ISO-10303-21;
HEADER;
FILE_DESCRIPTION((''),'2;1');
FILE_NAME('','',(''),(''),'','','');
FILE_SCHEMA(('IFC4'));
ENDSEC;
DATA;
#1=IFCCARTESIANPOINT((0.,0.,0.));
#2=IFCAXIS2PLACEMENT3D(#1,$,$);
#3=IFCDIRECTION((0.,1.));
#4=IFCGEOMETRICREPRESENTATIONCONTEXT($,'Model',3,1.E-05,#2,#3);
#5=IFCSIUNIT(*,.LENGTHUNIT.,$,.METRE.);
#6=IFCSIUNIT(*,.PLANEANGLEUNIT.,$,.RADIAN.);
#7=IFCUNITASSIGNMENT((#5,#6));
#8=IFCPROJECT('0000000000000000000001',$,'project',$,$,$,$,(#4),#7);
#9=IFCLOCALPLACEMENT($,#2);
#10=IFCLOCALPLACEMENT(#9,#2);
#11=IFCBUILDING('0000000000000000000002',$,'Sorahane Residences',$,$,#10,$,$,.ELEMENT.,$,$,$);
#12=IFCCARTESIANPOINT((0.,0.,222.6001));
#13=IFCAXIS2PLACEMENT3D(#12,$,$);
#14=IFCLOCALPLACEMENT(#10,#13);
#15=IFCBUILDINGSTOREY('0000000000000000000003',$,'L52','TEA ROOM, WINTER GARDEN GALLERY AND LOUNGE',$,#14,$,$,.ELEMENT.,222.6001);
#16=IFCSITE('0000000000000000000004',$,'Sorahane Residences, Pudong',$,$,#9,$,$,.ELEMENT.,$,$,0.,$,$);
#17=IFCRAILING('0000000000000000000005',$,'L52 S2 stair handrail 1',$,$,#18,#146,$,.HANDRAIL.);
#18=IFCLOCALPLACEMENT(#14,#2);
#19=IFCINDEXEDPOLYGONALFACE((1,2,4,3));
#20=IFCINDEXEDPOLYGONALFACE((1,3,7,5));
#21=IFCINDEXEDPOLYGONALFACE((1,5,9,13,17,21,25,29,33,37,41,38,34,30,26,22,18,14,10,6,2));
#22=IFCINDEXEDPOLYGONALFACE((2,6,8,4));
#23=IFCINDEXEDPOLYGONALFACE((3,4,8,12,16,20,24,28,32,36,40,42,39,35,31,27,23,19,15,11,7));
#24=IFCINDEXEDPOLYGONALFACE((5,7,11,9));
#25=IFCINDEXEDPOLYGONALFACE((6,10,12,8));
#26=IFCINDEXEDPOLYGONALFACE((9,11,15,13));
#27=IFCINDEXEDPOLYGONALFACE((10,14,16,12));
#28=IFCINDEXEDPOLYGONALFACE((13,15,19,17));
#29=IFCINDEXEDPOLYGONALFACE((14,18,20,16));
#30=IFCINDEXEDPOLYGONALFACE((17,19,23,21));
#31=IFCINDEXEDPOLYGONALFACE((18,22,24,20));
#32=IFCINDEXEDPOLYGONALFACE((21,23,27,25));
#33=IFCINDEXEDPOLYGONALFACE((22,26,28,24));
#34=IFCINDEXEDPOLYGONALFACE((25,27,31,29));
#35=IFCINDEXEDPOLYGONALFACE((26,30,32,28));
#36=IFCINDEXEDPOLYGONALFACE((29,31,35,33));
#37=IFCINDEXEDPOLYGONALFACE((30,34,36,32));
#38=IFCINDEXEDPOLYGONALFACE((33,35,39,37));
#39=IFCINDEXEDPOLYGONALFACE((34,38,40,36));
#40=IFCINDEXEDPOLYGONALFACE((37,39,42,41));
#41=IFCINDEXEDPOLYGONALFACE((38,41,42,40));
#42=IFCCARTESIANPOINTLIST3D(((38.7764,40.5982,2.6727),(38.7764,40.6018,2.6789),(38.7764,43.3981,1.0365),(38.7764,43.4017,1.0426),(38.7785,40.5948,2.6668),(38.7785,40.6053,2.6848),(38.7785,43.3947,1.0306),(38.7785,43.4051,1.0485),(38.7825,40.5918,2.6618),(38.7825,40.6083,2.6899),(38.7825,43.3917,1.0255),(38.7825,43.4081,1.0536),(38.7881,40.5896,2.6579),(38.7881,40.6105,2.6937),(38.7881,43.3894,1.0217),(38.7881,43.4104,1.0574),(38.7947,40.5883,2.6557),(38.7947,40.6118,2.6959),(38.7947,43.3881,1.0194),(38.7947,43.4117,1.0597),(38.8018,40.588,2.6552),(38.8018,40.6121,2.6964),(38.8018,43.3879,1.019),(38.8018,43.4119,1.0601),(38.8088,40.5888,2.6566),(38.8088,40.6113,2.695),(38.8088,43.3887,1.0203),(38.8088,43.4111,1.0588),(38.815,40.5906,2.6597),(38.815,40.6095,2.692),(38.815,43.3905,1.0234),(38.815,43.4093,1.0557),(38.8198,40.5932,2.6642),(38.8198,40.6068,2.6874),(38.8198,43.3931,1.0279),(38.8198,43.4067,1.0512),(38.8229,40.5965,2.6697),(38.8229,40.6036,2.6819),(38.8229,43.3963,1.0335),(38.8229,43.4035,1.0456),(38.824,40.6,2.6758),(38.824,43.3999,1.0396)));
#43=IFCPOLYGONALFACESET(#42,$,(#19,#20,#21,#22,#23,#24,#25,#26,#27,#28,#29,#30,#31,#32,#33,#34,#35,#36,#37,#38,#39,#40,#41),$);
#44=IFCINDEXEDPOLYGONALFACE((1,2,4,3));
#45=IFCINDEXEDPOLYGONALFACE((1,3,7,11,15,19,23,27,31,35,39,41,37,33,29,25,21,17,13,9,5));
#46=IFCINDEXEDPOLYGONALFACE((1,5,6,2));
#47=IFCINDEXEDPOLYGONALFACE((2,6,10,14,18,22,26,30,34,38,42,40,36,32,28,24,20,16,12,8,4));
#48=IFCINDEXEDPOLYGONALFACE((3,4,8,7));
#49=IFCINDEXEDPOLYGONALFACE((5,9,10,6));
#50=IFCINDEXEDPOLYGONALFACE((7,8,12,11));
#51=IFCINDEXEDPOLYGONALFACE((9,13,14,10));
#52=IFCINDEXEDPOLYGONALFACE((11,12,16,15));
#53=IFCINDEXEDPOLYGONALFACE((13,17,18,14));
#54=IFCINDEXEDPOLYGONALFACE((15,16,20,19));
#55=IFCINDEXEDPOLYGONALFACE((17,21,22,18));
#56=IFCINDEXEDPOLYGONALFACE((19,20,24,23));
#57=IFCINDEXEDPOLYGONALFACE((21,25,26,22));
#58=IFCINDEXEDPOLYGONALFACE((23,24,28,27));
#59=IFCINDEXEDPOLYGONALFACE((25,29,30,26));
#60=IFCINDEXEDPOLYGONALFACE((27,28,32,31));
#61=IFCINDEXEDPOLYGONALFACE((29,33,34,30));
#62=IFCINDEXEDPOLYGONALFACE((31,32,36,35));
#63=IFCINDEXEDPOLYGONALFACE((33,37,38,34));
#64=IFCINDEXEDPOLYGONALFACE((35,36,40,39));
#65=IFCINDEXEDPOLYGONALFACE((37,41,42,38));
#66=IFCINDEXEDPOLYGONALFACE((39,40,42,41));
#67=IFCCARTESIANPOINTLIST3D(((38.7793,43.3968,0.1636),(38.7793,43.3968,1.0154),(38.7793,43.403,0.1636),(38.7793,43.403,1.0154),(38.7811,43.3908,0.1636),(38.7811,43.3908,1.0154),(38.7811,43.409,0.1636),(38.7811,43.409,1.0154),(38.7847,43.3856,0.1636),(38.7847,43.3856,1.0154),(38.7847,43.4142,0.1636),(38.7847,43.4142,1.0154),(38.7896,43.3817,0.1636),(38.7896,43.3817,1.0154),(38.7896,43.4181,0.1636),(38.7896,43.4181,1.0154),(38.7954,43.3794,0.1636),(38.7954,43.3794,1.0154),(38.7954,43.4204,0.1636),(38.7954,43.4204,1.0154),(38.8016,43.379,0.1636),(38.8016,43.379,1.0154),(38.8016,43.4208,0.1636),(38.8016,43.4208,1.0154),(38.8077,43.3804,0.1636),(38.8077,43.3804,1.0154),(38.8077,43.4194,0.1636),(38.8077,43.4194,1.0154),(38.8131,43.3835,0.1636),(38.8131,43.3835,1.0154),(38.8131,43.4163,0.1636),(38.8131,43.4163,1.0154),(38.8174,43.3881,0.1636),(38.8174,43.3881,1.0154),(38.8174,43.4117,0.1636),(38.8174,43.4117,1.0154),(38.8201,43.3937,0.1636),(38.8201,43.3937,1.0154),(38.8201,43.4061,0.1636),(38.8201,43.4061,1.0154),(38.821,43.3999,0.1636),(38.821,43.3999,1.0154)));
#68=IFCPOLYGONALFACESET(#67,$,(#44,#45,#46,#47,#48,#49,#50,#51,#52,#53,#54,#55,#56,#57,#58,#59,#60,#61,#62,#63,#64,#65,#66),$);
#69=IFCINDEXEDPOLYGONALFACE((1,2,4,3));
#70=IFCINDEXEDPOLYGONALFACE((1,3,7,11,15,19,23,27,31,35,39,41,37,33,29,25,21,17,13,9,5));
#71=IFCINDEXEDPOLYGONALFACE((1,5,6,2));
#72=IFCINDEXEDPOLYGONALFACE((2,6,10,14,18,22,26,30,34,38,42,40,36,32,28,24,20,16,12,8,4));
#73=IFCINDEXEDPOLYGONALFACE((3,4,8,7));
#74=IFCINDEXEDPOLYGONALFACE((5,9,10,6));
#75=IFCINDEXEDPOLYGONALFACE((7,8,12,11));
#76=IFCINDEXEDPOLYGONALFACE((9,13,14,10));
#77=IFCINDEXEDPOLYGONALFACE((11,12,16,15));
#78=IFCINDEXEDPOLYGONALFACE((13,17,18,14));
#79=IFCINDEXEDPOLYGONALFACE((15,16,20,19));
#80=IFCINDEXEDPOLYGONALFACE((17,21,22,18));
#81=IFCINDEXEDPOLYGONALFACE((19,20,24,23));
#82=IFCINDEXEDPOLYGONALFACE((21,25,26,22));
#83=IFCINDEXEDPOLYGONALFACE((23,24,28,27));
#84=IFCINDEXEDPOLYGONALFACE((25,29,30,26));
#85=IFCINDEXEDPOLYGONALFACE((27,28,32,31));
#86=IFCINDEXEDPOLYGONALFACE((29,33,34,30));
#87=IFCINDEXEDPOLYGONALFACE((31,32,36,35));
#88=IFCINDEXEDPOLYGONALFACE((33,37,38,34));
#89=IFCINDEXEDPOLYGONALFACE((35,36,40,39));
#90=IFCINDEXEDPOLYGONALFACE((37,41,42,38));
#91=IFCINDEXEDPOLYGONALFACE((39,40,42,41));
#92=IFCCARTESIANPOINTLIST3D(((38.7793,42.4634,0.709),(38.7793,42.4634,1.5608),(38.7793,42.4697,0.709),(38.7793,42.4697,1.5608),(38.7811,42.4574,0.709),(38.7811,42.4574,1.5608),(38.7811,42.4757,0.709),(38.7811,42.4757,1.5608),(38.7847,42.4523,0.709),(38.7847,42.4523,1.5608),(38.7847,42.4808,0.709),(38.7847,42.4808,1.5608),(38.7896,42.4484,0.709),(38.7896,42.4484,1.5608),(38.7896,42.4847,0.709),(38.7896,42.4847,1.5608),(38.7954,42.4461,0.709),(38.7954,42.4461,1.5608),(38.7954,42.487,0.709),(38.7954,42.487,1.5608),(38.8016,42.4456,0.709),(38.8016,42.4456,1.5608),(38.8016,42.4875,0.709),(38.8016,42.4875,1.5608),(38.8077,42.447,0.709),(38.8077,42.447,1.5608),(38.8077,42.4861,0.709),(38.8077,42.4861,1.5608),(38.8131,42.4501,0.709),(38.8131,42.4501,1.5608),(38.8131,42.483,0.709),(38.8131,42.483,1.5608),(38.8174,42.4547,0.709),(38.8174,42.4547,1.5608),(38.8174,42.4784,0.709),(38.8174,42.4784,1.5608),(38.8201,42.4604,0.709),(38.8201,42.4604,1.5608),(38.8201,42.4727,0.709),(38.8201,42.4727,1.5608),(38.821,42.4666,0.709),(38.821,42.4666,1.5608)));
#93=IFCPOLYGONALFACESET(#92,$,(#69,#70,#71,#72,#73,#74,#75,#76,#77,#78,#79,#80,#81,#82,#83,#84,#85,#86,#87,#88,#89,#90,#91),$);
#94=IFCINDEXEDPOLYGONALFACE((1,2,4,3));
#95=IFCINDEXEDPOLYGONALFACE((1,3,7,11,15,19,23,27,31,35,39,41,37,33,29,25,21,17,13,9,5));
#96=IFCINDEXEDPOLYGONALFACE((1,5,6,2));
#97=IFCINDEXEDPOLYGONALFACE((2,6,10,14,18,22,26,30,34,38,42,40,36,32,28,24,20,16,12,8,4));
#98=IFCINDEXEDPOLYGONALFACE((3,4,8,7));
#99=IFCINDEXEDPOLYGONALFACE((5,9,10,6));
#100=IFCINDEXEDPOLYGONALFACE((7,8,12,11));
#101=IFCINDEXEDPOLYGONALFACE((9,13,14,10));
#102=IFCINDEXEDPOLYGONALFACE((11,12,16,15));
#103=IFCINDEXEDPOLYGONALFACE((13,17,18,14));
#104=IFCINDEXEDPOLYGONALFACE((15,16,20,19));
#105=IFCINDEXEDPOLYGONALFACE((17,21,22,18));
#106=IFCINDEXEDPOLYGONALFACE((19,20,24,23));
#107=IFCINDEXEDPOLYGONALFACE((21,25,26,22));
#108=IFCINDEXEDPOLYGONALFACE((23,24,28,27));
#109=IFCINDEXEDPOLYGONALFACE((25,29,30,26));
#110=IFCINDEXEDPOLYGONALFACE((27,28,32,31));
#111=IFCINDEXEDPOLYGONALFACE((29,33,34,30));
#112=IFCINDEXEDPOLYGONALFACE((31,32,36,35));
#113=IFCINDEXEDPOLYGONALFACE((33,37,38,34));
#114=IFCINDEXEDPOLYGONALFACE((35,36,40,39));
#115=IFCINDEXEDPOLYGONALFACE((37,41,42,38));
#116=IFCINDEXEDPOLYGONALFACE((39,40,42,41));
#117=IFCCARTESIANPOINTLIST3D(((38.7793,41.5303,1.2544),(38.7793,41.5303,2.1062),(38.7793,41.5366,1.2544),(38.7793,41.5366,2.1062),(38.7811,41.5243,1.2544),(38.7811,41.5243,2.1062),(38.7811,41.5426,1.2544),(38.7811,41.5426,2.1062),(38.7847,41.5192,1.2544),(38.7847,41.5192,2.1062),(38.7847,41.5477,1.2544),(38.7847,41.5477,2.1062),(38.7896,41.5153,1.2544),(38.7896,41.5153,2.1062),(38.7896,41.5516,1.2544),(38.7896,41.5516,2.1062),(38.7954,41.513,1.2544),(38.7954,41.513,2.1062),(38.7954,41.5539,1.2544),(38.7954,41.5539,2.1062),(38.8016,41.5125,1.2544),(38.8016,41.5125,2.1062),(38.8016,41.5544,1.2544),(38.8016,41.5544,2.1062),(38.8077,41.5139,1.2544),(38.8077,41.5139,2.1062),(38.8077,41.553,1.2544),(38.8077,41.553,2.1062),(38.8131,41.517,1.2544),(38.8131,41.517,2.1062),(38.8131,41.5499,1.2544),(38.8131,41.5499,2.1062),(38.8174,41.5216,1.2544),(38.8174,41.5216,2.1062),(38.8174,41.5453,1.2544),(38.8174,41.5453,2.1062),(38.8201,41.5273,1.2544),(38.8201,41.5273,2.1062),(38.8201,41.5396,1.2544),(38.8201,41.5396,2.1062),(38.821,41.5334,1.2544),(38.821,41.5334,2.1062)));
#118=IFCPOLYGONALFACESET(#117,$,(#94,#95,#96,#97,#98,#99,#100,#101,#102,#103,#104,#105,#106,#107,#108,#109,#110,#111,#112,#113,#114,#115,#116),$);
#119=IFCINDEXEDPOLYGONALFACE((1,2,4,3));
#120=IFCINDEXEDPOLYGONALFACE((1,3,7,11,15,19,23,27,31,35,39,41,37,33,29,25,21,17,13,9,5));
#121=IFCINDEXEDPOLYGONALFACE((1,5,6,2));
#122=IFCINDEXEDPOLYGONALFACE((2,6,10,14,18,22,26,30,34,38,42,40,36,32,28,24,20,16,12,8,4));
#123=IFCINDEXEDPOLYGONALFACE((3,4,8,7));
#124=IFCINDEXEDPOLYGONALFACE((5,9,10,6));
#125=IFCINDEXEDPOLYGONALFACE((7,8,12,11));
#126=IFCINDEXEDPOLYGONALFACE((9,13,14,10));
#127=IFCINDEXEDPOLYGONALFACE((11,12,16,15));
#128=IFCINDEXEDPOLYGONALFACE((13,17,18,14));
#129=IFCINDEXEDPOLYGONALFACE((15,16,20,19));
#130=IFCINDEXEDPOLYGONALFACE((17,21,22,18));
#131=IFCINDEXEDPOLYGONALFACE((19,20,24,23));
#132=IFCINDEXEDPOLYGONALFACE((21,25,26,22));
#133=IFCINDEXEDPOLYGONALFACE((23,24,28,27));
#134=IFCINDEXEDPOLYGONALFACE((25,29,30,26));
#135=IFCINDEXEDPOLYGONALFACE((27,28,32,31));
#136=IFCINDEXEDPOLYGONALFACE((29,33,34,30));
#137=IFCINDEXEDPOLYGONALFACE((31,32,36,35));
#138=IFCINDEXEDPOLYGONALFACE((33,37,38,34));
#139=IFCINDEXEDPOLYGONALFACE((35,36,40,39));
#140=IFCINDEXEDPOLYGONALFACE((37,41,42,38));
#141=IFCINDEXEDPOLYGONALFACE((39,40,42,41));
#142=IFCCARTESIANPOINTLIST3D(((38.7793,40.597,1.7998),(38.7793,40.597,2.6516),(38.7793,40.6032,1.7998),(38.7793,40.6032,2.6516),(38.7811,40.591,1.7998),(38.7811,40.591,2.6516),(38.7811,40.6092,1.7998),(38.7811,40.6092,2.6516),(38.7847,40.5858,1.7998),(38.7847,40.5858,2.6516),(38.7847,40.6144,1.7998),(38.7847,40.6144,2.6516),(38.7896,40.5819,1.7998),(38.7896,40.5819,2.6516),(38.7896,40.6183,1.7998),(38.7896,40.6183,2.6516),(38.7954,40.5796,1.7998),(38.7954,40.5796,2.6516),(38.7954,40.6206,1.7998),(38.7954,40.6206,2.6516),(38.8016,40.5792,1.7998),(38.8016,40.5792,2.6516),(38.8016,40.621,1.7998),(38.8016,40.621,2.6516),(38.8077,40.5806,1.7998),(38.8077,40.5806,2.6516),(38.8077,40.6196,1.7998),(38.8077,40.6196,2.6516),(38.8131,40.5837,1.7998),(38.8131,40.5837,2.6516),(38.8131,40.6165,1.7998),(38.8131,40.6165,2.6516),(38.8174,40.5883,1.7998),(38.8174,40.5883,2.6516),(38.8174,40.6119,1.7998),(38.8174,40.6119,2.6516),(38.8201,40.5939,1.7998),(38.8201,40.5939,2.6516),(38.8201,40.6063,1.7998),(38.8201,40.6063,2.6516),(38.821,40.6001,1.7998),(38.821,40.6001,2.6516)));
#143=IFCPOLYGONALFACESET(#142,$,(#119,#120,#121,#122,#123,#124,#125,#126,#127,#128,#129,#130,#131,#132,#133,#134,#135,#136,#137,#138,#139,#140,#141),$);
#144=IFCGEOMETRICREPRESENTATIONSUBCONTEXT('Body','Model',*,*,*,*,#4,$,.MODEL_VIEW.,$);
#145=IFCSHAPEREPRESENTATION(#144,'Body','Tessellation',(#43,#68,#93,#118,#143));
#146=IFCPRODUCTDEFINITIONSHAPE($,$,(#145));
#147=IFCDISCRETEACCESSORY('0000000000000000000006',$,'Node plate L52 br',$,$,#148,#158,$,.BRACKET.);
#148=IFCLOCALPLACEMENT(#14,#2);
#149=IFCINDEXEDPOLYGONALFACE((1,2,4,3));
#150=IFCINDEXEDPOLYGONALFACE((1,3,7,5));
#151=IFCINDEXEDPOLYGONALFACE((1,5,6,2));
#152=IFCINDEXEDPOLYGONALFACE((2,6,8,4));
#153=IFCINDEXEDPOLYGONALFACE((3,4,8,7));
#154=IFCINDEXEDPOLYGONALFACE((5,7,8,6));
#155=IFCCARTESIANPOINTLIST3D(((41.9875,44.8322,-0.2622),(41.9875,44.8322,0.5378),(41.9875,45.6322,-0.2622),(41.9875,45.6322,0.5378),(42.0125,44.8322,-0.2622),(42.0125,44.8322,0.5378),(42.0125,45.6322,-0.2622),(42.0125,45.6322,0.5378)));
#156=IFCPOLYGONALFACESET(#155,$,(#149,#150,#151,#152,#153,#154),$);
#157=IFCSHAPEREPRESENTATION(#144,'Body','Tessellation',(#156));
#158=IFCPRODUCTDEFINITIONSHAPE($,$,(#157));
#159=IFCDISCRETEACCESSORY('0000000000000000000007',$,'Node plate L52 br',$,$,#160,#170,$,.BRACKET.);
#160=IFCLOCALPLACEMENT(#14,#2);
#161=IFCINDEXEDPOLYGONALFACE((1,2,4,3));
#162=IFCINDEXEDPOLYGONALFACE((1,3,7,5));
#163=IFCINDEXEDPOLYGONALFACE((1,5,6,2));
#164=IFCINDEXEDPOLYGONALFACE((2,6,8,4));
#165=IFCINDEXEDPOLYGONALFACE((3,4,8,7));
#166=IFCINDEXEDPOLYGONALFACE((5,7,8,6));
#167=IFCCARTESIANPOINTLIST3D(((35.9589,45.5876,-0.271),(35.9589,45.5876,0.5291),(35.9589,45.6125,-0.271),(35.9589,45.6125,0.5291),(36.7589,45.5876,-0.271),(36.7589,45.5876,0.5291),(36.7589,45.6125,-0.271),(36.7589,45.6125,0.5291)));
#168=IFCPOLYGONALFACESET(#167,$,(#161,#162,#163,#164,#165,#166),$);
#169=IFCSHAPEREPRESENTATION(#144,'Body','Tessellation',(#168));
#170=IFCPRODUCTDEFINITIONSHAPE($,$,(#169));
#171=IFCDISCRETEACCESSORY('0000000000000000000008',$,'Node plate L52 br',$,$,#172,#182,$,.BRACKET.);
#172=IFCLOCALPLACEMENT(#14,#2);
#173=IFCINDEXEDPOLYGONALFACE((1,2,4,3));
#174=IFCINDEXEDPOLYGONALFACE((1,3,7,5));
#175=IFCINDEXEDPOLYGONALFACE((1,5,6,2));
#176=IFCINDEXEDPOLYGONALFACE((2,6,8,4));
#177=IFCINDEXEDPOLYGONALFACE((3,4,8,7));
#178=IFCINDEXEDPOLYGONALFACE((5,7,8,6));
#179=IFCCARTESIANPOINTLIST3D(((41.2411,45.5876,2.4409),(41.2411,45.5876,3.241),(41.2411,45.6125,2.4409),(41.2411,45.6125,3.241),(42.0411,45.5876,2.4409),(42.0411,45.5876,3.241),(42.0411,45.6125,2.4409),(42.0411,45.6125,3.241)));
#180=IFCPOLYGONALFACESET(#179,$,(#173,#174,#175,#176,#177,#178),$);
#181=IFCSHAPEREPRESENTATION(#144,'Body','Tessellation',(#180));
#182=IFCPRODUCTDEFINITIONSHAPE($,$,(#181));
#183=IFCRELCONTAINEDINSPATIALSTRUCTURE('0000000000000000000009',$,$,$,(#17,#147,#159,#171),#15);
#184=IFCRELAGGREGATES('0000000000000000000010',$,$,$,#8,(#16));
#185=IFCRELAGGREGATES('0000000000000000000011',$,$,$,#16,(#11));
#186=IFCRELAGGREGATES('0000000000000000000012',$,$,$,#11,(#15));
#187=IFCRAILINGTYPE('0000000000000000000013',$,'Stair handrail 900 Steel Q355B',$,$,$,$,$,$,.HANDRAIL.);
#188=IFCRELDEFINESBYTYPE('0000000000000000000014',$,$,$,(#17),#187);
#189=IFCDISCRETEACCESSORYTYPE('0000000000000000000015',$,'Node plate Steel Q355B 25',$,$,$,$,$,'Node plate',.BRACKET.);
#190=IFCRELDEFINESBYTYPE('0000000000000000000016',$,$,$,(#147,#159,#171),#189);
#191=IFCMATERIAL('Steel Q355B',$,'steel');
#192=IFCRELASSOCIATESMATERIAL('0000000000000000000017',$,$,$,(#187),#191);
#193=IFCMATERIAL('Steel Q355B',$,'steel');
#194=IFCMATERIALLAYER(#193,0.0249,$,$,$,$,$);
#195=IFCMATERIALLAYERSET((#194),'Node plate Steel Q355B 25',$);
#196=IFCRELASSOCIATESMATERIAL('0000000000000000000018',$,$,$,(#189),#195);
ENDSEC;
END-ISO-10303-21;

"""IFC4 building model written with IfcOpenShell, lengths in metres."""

from ifc_helpers import new_model, si_unit, direction, frame, origin, origin_2d, place, context, subcontext, project, spatial, rectangle, circle, extrude, material, layer, layer_set, type_object, element, save


model = new_model("IFC4")

# Units and contexts
model_context = context("Model", 3, precision=1e-05, world=origin(), true_north=direction((0.0, 1.0)))
body_context = subcontext(model_context, "Body", "Model", "MODEL_VIEW")
ifc_project = project(units=[si_unit("LENGTHUNIT", "METRE"), si_unit("PLANEANGLEUNIT", "RADIAN")], contexts=[model_context])

# Site, building, storey
site_placement = place(None, origin())
site = spatial("IfcSite", under=ifc_project, at=site_placement, Name="Sorahane Residences, Pudong", CompositionType="ELEMENT", RefElevation=0.0)
building_placement = place(site_placement, origin())
building = spatial("IfcBuilding", under=site, at=building_placement, Name="Sorahane Residences", CompositionType="ELEMENT")
storey_placement = place(building_placement, frame((0.0, 0.0, 222.6001)))
storey = spatial("IfcBuildingStorey", under=building, at=storey_placement, Name="L52", Description="TEA ROOM, WINTER GARDEN GALLERY AND LOUNGE", CompositionType="ELEMENT", Elevation=222.6001)

# Railing
ifc_material_1 = material(Name="Steel Q355B", Category="steel")
railing_type_1 = type_object("IfcRailingType", Name="Stair handrail 900 Steel Q355B", PredefinedType="HANDRAIL", material=ifc_material_1)
railing_1_placement = place(storey_placement, frame((38.8, 43.3999, 0.1636)))
element("IfcRailing", 1, at=railing_1_placement, inside=storey, type_object=railing_type_1, Name="L52 S2 stair handrail 1", PredefinedType="HANDRAIL", context=body_context, shape_type="SweptSolid", body=[
    extrude(circle(Radius=0.0239, at=origin_2d()), frame((0.0, 0.0, 0.876), z_axis=(0.0, -0.863374, 0.504564), x_axis=(1.0, 0.0, 0.0)), (0.0, 0.0, 1.0), 3.2429),
    extrude(circle(Radius=0.021, at=origin_2d()), origin(), (0.0, 0.0, 1.0), 0.8518),
    extrude(circle(Radius=0.021, at=origin_2d()), frame((0.0, -0.9333, 0.5454)), (0.0, 0.0, 1.0), 0.8518),
    extrude(circle(Radius=0.021, at=origin_2d()), frame((0.0, -1.8665, 1.0908)), (0.0, 0.0, 1.0), 0.8518),
    extrude(circle(Radius=0.021, at=origin_2d()), frame((0.0, -2.7998, 1.6362)), (0.0, 0.0, 1.0), 0.8518),
])

# Discrete accessories
ifc_material_2 = material(Name="Steel Q355B", Category="steel")
ifc_layer_1 = layer(ifc_material_2, 0.0249)
ifc_layer_set_1 = layer_set([ifc_layer_1], Name="Node plate Steel Q355B 25")
discrete_accessory_type = type_object("IfcDiscreteAccessoryType", Name="Node plate Steel Q355B 25", ElementType="Node plate", PredefinedType="BRACKET", material=ifc_layer_set_1)
for number, where, z_axis, x_axis, name in (
    (2, (42.0, 45.2322, -0.2622), (0.0, 0.0, 1.0), (0.0, 1.0, 0.0), "Node plate L52 br"),
    (3, (36.3589, 45.6001, -0.271), (0.0, 0.0, 1.0), (1.0, 0.0, 0.0), "Node plate L52 br"),
    (4, (41.6411, 45.6001, 2.4409), (0.0, 0.0, 1.0), (1.0, 0.0, 0.0), "Node plate L52 br"),
):
    element("IfcDiscreteAccessory", number, at=place(storey_placement, frame(where, z_axis=z_axis, x_axis=x_axis)), inside=storey, type_object=discrete_accessory_type, Name=name, PredefinedType="BRACKET", context=body_context, shape_type="SweptSolid", body=[
        extrude(rectangle(XDim=0.8, YDim=0.0249, at=origin_2d()), origin(), (0.0, 0.0, 1.0), 0.8),
    ])

save(model, "model.ifc")
